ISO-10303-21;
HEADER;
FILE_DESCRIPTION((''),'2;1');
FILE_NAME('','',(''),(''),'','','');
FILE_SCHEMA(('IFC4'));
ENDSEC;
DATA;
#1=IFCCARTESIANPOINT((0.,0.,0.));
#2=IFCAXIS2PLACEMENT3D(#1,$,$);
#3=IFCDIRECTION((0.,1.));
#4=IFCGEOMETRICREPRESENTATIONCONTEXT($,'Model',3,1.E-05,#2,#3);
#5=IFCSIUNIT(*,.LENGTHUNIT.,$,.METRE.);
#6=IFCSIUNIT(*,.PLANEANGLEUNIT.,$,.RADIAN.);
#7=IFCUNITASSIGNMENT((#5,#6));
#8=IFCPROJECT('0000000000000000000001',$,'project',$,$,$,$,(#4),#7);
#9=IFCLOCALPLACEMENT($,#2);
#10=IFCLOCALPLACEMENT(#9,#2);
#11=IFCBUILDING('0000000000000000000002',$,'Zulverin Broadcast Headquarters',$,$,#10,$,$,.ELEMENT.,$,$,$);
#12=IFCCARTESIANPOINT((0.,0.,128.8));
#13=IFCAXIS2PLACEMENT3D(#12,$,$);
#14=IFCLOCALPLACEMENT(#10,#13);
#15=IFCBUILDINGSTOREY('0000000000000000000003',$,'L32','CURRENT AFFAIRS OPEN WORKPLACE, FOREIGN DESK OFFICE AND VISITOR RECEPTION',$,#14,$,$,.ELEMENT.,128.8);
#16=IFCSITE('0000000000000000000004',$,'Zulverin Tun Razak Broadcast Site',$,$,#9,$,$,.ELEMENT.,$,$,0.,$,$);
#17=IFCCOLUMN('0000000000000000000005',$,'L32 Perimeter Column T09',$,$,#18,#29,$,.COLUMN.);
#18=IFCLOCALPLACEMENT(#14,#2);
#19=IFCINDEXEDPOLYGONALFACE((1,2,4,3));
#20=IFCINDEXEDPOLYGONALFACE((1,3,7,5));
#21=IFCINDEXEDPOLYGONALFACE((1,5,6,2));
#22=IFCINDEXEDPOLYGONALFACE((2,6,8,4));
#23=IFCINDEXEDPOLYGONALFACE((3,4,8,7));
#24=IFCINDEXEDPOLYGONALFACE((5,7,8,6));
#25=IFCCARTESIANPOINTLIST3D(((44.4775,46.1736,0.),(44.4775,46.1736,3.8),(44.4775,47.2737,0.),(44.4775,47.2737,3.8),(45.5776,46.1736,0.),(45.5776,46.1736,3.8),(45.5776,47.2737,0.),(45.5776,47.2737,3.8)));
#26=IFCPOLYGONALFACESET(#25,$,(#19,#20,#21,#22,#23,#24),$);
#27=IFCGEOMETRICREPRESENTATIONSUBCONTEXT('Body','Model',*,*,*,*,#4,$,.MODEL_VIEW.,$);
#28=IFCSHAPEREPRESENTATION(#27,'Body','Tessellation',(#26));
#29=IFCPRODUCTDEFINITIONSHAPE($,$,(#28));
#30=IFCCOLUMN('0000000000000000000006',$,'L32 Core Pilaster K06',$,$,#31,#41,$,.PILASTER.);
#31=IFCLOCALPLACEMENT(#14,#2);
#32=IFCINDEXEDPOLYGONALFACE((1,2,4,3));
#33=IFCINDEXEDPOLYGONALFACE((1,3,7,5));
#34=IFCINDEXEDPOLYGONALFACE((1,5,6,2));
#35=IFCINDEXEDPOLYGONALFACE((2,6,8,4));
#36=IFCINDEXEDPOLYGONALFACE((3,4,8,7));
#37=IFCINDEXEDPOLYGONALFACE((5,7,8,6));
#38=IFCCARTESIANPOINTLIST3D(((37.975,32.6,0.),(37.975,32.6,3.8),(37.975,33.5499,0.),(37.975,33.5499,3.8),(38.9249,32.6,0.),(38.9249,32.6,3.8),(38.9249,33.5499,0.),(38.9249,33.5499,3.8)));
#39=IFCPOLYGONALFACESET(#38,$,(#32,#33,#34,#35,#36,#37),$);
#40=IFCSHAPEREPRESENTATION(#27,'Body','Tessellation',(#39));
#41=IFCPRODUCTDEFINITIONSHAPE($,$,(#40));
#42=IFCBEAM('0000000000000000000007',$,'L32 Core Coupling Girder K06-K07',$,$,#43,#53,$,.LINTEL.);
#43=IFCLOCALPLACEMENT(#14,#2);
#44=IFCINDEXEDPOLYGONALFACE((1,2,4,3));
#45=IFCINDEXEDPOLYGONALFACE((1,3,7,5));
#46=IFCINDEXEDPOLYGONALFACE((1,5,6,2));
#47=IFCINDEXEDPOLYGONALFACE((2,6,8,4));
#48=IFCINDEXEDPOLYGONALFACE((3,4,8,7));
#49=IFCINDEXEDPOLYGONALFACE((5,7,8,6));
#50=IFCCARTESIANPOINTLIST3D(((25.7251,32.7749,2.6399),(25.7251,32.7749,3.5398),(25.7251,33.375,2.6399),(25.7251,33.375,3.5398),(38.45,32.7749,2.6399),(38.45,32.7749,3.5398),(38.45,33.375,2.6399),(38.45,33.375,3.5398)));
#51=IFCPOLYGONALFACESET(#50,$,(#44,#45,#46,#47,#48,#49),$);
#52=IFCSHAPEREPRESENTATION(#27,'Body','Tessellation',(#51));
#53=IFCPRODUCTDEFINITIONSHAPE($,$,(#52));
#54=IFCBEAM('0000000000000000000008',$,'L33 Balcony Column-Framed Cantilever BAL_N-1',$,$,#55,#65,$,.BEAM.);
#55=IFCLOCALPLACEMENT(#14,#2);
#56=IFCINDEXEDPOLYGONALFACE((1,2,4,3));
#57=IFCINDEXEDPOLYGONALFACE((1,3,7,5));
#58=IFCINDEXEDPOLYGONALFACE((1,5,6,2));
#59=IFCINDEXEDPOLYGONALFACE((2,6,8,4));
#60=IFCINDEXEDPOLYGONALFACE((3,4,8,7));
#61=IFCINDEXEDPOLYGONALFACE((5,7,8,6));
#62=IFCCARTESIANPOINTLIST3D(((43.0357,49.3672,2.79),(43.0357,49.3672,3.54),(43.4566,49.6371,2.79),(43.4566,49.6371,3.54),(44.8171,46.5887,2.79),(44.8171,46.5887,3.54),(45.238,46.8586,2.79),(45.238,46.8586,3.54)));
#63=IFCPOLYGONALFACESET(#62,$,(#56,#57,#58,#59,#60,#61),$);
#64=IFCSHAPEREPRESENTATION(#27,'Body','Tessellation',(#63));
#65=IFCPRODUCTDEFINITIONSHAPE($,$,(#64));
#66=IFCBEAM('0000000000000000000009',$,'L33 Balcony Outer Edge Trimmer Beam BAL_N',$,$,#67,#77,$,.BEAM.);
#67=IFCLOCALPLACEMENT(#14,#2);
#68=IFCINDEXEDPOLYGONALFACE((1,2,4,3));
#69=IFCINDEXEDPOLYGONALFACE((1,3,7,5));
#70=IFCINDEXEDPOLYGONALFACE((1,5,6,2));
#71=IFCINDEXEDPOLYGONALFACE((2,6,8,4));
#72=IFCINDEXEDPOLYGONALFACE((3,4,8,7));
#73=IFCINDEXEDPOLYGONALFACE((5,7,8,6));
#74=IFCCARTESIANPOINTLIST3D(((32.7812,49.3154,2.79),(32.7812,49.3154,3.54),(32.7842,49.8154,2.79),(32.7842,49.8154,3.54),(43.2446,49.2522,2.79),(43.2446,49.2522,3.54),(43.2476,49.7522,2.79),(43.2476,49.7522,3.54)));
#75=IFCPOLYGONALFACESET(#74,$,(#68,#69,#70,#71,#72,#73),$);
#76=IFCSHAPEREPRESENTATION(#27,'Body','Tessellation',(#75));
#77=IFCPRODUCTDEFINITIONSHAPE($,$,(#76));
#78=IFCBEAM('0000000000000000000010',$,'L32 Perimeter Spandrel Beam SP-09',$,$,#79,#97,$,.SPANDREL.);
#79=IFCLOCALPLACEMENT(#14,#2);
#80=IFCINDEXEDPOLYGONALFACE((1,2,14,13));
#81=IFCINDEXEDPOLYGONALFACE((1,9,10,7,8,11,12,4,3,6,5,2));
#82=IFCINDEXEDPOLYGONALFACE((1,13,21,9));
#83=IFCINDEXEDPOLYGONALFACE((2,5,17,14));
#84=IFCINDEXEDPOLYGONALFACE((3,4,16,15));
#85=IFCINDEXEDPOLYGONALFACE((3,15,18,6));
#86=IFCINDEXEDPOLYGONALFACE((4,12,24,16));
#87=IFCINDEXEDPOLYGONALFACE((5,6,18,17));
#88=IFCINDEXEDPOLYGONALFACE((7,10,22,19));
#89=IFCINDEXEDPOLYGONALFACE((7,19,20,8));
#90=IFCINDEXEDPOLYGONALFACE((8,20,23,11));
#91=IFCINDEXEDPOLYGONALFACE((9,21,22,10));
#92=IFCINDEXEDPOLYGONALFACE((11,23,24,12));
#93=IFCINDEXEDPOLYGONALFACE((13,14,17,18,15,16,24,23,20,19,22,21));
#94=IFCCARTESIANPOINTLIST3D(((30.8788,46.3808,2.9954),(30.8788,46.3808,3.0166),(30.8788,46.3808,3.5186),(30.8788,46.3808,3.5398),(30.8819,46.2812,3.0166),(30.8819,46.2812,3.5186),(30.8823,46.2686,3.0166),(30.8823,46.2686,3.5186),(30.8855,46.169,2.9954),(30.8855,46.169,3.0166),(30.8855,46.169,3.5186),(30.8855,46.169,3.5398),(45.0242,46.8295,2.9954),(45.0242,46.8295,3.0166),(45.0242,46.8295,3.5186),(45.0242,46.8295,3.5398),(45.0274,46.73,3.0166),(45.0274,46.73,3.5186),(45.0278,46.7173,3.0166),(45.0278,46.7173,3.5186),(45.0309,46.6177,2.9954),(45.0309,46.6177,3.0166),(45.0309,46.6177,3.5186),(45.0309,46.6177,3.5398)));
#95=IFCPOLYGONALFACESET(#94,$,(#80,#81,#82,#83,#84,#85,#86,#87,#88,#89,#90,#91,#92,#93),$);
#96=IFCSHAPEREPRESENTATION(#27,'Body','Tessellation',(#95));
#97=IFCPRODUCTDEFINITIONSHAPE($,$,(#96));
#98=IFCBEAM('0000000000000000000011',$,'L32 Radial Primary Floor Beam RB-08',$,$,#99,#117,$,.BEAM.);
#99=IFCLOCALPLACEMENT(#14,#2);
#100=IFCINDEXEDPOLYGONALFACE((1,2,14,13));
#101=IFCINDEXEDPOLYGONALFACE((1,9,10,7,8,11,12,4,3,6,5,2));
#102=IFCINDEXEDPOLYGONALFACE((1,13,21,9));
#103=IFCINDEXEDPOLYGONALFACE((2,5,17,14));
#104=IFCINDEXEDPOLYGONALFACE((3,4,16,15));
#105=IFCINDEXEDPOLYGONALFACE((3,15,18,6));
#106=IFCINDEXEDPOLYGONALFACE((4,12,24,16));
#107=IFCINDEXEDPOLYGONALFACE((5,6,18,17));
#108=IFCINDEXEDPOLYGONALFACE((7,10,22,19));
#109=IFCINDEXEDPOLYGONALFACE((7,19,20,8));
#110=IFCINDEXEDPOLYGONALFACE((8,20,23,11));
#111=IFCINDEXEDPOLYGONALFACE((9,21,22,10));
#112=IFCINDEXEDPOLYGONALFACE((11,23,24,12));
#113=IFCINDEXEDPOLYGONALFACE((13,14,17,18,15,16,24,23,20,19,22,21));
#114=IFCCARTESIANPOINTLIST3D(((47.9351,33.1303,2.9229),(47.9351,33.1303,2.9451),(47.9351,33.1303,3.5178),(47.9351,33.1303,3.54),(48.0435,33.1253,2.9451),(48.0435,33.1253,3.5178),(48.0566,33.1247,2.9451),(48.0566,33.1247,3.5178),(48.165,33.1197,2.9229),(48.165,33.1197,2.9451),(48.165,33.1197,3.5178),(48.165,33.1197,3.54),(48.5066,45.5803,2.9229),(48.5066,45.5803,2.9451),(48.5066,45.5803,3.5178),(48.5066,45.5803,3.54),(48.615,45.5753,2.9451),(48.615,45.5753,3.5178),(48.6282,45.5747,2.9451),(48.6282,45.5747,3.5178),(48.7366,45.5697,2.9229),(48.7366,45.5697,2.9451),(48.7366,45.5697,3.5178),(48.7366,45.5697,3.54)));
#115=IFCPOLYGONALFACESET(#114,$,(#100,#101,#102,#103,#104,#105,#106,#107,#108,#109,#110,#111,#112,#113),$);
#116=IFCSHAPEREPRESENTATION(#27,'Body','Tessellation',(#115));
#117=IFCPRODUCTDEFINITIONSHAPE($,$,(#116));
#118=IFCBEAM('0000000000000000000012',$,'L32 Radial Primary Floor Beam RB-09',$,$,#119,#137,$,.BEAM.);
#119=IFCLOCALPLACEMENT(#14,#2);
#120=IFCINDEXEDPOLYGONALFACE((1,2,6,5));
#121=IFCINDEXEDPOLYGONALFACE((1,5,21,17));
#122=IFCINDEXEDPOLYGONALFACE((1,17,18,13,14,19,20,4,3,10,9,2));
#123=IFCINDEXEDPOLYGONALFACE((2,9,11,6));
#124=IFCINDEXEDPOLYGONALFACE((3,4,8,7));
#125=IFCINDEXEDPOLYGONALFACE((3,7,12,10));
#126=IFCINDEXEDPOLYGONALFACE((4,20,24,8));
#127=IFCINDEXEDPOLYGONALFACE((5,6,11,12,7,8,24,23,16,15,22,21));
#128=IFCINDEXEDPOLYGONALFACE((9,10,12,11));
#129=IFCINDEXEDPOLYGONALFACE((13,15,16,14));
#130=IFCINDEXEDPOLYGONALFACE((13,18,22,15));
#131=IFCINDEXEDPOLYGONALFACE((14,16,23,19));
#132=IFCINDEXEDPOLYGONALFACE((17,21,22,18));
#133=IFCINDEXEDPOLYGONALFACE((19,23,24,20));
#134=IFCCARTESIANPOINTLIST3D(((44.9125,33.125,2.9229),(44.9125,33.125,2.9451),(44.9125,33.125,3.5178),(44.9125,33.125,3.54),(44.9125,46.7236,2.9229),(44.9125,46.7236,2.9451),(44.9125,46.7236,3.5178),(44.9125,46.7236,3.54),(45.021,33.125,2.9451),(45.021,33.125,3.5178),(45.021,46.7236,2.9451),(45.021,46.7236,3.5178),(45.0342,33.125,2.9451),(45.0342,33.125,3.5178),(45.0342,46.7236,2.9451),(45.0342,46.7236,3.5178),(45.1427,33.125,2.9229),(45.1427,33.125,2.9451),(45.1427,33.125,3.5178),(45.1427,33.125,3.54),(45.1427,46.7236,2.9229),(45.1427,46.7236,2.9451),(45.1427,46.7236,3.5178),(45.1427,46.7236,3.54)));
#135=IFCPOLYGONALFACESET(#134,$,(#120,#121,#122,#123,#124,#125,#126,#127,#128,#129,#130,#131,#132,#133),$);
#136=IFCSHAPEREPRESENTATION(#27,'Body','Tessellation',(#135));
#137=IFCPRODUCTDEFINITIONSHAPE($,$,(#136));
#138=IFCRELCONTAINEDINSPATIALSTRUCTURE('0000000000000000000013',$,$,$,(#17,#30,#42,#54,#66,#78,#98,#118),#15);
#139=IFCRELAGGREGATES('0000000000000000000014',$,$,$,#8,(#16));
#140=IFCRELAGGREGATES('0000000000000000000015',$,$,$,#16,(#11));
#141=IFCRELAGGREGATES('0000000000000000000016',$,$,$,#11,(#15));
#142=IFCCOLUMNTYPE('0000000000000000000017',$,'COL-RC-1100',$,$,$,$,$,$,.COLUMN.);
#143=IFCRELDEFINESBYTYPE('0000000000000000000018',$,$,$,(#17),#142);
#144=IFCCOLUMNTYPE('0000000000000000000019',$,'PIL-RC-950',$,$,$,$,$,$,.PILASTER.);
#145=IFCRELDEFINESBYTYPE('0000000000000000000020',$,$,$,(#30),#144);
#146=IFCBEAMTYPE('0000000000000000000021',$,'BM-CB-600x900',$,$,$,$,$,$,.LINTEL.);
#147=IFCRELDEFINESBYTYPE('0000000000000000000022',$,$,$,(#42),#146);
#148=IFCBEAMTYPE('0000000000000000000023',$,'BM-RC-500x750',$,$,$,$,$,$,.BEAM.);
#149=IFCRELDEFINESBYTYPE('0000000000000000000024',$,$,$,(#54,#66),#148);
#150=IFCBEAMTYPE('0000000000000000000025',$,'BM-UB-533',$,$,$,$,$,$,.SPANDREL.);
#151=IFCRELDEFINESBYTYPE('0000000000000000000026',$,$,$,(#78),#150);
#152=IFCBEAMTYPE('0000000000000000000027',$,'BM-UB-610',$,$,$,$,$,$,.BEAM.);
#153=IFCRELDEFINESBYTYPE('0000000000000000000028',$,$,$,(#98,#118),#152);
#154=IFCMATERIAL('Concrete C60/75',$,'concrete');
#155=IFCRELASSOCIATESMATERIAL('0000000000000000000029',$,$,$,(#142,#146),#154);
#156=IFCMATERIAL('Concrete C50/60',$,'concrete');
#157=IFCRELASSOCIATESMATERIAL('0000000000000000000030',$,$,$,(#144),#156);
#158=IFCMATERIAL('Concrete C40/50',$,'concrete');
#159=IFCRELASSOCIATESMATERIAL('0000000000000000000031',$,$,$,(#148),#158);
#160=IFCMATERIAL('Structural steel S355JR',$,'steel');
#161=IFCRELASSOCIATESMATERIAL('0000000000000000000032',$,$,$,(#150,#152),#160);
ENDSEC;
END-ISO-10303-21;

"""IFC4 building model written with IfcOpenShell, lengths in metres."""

from ifc_helpers import new_model, si_unit, direction, frame, origin, origin_2d, place, context, subcontext, project, spatial, rectangle, i_section, extrude, material, material_profile, profile_set, type_object, element, save


model = new_model("IFC4")

# Units and contexts
model_context = context("Model", 3, precision=1e-05, world=origin(), true_north=direction((0.0, 1.0)))
body_context = subcontext(model_context, "Body", "Model", "MODEL_VIEW")
ifc_project = project(units=[si_unit("LENGTHUNIT", "METRE"), si_unit("PLANEANGLEUNIT", "RADIAN")], contexts=[model_context])

# Site, building, storey
site_placement = place(None, origin())
site = spatial("IfcSite", under=ifc_project, at=site_placement, Name="Zulverin Tun Razak Broadcast Site", CompositionType="ELEMENT", RefElevation=0.0)
building_placement = place(site_placement, origin())
building = spatial("IfcBuilding", under=site, at=building_placement, Name="Zulverin Broadcast Headquarters", CompositionType="ELEMENT")
storey_placement = place(building_placement, frame((0.0, 0.0, 128.8)))
storey = spatial("IfcBuildingStorey", under=building, at=storey_placement, Name="L32", Description="CURRENT AFFAIRS OPEN WORKPLACE, FOREIGN DESK OFFICE AND VISITOR RECEPTION", CompositionType="ELEMENT", Elevation=128.8)

# Columns
ifc_material_1 = material(Name="Concrete C60/75", Category="concrete")
ifc_material_profile_1 = material_profile(ifc_material_1, rectangle(XDim=1.1001, YDim=1.1001, at=origin_2d()), Name="Concrete C60/75", Category="concrete")
ifc_profile_set_1 = profile_set([ifc_material_profile_1], Name="Concrete C60/75")
column_type_1 = type_object("IfcColumnType", Name="COL-RC-1100", PredefinedType="COLUMN", material=ifc_profile_set_1)
column_1_placement = place(storey_placement, frame((45.0276, 46.7236, 0.0), z_axis=(0.0, 0.0, 1.0), x_axis=(1.0, 0.0, 0.0)))
element("IfcColumn", 1, at=column_1_placement, inside=storey, type_object=column_type_1, Name="L32 Perimeter Column T09", PredefinedType="COLUMN", context=body_context, shape_type="SweptSolid", body=[
    extrude(rectangle(XDim=1.1001, YDim=1.1001, at=origin_2d()), origin(), (0.0, 0.0, 1.0), 3.8),
])
ifc_material_2 = material(Name="Concrete C50/60", Category="concrete")
ifc_material_profile_2 = material_profile(ifc_material_2, rectangle(XDim=0.95, YDim=0.95, at=origin_2d()), Name="Concrete C50/60", Category="concrete")
ifc_profile_set_2 = profile_set([ifc_material_profile_2], Name="Concrete C50/60")
column_type_2 = type_object("IfcColumnType", Name="PIL-RC-950", PredefinedType="PILASTER", material=ifc_profile_set_2)
column_2_placement = place(storey_placement, frame((38.45, 33.075, 0.0), z_axis=(0.0, 0.0, 1.0), x_axis=(1.0, 0.0, 0.0)))
element("IfcColumn", 2, at=column_2_placement, inside=storey, type_object=column_type_2, Name="L32 Core Pilaster K06", PredefinedType="PILASTER", context=body_context, shape_type="SweptSolid", body=[
    extrude(rectangle(XDim=0.95, YDim=0.95, at=origin_2d()), origin(), (0.0, 0.0, 1.0), 3.8),
])

# Beams
ifc_material_profile_3 = material_profile(ifc_material_1, rectangle(XDim=0.6001, YDim=0.8999, at=origin_2d()), Name="Concrete C60/75", Category="concrete")
ifc_profile_set_3 = profile_set([ifc_material_profile_3], Name="Concrete C60/75")
beam_type_1 = type_object("IfcBeamType", Name="BM-CB-600x900", PredefinedType="LINTEL", material=ifc_profile_set_3)
beam_1_placement = place(storey_placement, frame((38.45, 33.075, 3.0898), z_axis=(-1.0, 0.0, 0.0), x_axis=(0.0, -1.0, 0.0)))
element("IfcBeam", 3, at=beam_1_placement, inside=storey, type_object=beam_type_1, Name="L32 Core Coupling Girder K06-K07", PredefinedType="LINTEL", context=body_context, shape_type="SweptSolid", body=[
    extrude(rectangle(XDim=0.6001, YDim=0.8999, at=origin_2d()), origin(), (0.0, 0.0, 1.0), 12.7249),
])
ifc_material_3 = material(Name="Concrete C40/50", Category="concrete")
ifc_material_profile_4 = material_profile(ifc_material_3, rectangle(XDim=0.5, YDim=0.75, at=origin_2d()), Name="Concrete C40/50", Category="concrete")
ifc_profile_set_4 = profile_set([ifc_material_profile_4], Name="Concrete C40/50")
beam_type_2 = type_object("IfcBeamType", Name="BM-RC-500x750", PredefinedType="BEAM", material=ifc_profile_set_4)
beam_2_placement = place(storey_placement, frame((45.0276, 46.7236, 3.165), z_axis=(-0.539744, 0.841829, 0.0), x_axis=(-0.841829, -0.539744, 0.0)))
element("IfcBeam", 4, at=beam_2_placement, inside=storey, type_object=beam_type_2, Name="L33 Balcony Column-Framed Cantilever BAL_N-1", PredefinedType="BEAM", context=body_context, shape_type="SweptSolid", body=[
    extrude(rectangle(XDim=0.5, YDim=0.75, at=origin_2d()), origin(), (0.0, 0.0, 1.0), 3.3005),
])
beam_3_placement = place(storey_placement, frame((43.2461, 49.5022, 3.165), z_axis=(-0.999982, 0.006043, 0.0), x_axis=(-0.006043, -0.999982, 0.0)))
element("IfcBeam", 5, at=beam_3_placement, inside=storey, type_object=beam_type_2, Name="L33 Balcony Outer Edge Trimmer Beam BAL_N", PredefinedType="BEAM", context=body_context, shape_type="SweptSolid", body=[
    extrude(rectangle(XDim=0.5, YDim=0.75, at=origin_2d()), origin(), (0.0, 0.0, 1.0), 10.4636),
])
ifc_material_4 = material(Name="Structural steel S355JR", Category="steel")
ifc_material_profile_5 = material_profile(ifc_material_4, i_section(OverallWidth=0.2119, OverallDepth=0.5444, WebThickness=0.0127, FlangeThickness=0.0212, at=origin_2d()), Name="Structural steel S355JR", Category="steel")
ifc_profile_set_5 = profile_set([ifc_material_profile_5], Name="Structural steel S355JR")
beam_type_3 = type_object("IfcBeamType", Name="BM-UB-533", PredefinedType="SPANDREL", material=ifc_profile_set_5)
beam_4_placement = place(storey_placement, frame((45.0276, 46.7236, 3.2676), z_axis=(-0.999497, -0.031707, 0.0), x_axis=(0.031707, -0.999497, 0.0)))
element("IfcBeam", 6, at=beam_4_placement, inside=storey, type_object=beam_type_3, Name="L32 Perimeter Spandrel Beam SP-09", PredefinedType="SPANDREL", context=body_context, shape_type="SweptSolid", body=[
    extrude(i_section(OverallWidth=0.2119, OverallDepth=0.5444, WebThickness=0.0127, FlangeThickness=0.0212, at=origin_2d()), origin(), (0.0, 0.0, 1.0), 14.1526),
])
ifc_material_profile_6 = material_profile(ifc_material_4, i_section(OverallWidth=0.2302, OverallDepth=0.6172, WebThickness=0.0132, FlangeThickness=0.0222, at=origin_2d()), Name="Structural steel S355JR", Category="steel")
ifc_profile_set_6 = profile_set([ifc_material_profile_6], Name="Structural steel S355JR")
beam_type_4 = type_object("IfcBeamType", Name="BM-UB-610", PredefinedType="BEAM", material=ifc_profile_set_6)
beam_5_placement = place(storey_placement, frame((48.05, 33.125, 3.2314), z_axis=(0.045858, 0.998948, 0.0), x_axis=(-0.998948, 0.045858, 0.0)))
element("IfcBeam", 7, at=beam_5_placement, inside=storey, type_object=beam_type_4, Name="L32 Radial Primary Floor Beam RB-08", PredefinedType="BEAM", context=body_context, shape_type="SweptSolid", body=[
    extrude(i_section(OverallWidth=0.2302, OverallDepth=0.6172, WebThickness=0.0132, FlangeThickness=0.0222, at=origin_2d()), origin(), (0.0, 0.0, 1.0), 12.4631),
])
beam_6_placement = place(storey_placement, frame((45.0276, 33.125, 3.2314), z_axis=(0.0, 1.0, 0.0), x_axis=(-1.0, 0.0, 0.0)))
element("IfcBeam", 8, at=beam_6_placement, inside=storey, type_object=beam_type_4, Name="L32 Radial Primary Floor Beam RB-09", PredefinedType="BEAM", context=body_context, shape_type="SweptSolid", body=[
    extrude(i_section(OverallWidth=0.2302, OverallDepth=0.6172, WebThickness=0.0132, FlangeThickness=0.0222, at=origin_2d()), origin(), (0.0, 0.0, 1.0), 13.5986),
])

save(model, "model.ifc")
